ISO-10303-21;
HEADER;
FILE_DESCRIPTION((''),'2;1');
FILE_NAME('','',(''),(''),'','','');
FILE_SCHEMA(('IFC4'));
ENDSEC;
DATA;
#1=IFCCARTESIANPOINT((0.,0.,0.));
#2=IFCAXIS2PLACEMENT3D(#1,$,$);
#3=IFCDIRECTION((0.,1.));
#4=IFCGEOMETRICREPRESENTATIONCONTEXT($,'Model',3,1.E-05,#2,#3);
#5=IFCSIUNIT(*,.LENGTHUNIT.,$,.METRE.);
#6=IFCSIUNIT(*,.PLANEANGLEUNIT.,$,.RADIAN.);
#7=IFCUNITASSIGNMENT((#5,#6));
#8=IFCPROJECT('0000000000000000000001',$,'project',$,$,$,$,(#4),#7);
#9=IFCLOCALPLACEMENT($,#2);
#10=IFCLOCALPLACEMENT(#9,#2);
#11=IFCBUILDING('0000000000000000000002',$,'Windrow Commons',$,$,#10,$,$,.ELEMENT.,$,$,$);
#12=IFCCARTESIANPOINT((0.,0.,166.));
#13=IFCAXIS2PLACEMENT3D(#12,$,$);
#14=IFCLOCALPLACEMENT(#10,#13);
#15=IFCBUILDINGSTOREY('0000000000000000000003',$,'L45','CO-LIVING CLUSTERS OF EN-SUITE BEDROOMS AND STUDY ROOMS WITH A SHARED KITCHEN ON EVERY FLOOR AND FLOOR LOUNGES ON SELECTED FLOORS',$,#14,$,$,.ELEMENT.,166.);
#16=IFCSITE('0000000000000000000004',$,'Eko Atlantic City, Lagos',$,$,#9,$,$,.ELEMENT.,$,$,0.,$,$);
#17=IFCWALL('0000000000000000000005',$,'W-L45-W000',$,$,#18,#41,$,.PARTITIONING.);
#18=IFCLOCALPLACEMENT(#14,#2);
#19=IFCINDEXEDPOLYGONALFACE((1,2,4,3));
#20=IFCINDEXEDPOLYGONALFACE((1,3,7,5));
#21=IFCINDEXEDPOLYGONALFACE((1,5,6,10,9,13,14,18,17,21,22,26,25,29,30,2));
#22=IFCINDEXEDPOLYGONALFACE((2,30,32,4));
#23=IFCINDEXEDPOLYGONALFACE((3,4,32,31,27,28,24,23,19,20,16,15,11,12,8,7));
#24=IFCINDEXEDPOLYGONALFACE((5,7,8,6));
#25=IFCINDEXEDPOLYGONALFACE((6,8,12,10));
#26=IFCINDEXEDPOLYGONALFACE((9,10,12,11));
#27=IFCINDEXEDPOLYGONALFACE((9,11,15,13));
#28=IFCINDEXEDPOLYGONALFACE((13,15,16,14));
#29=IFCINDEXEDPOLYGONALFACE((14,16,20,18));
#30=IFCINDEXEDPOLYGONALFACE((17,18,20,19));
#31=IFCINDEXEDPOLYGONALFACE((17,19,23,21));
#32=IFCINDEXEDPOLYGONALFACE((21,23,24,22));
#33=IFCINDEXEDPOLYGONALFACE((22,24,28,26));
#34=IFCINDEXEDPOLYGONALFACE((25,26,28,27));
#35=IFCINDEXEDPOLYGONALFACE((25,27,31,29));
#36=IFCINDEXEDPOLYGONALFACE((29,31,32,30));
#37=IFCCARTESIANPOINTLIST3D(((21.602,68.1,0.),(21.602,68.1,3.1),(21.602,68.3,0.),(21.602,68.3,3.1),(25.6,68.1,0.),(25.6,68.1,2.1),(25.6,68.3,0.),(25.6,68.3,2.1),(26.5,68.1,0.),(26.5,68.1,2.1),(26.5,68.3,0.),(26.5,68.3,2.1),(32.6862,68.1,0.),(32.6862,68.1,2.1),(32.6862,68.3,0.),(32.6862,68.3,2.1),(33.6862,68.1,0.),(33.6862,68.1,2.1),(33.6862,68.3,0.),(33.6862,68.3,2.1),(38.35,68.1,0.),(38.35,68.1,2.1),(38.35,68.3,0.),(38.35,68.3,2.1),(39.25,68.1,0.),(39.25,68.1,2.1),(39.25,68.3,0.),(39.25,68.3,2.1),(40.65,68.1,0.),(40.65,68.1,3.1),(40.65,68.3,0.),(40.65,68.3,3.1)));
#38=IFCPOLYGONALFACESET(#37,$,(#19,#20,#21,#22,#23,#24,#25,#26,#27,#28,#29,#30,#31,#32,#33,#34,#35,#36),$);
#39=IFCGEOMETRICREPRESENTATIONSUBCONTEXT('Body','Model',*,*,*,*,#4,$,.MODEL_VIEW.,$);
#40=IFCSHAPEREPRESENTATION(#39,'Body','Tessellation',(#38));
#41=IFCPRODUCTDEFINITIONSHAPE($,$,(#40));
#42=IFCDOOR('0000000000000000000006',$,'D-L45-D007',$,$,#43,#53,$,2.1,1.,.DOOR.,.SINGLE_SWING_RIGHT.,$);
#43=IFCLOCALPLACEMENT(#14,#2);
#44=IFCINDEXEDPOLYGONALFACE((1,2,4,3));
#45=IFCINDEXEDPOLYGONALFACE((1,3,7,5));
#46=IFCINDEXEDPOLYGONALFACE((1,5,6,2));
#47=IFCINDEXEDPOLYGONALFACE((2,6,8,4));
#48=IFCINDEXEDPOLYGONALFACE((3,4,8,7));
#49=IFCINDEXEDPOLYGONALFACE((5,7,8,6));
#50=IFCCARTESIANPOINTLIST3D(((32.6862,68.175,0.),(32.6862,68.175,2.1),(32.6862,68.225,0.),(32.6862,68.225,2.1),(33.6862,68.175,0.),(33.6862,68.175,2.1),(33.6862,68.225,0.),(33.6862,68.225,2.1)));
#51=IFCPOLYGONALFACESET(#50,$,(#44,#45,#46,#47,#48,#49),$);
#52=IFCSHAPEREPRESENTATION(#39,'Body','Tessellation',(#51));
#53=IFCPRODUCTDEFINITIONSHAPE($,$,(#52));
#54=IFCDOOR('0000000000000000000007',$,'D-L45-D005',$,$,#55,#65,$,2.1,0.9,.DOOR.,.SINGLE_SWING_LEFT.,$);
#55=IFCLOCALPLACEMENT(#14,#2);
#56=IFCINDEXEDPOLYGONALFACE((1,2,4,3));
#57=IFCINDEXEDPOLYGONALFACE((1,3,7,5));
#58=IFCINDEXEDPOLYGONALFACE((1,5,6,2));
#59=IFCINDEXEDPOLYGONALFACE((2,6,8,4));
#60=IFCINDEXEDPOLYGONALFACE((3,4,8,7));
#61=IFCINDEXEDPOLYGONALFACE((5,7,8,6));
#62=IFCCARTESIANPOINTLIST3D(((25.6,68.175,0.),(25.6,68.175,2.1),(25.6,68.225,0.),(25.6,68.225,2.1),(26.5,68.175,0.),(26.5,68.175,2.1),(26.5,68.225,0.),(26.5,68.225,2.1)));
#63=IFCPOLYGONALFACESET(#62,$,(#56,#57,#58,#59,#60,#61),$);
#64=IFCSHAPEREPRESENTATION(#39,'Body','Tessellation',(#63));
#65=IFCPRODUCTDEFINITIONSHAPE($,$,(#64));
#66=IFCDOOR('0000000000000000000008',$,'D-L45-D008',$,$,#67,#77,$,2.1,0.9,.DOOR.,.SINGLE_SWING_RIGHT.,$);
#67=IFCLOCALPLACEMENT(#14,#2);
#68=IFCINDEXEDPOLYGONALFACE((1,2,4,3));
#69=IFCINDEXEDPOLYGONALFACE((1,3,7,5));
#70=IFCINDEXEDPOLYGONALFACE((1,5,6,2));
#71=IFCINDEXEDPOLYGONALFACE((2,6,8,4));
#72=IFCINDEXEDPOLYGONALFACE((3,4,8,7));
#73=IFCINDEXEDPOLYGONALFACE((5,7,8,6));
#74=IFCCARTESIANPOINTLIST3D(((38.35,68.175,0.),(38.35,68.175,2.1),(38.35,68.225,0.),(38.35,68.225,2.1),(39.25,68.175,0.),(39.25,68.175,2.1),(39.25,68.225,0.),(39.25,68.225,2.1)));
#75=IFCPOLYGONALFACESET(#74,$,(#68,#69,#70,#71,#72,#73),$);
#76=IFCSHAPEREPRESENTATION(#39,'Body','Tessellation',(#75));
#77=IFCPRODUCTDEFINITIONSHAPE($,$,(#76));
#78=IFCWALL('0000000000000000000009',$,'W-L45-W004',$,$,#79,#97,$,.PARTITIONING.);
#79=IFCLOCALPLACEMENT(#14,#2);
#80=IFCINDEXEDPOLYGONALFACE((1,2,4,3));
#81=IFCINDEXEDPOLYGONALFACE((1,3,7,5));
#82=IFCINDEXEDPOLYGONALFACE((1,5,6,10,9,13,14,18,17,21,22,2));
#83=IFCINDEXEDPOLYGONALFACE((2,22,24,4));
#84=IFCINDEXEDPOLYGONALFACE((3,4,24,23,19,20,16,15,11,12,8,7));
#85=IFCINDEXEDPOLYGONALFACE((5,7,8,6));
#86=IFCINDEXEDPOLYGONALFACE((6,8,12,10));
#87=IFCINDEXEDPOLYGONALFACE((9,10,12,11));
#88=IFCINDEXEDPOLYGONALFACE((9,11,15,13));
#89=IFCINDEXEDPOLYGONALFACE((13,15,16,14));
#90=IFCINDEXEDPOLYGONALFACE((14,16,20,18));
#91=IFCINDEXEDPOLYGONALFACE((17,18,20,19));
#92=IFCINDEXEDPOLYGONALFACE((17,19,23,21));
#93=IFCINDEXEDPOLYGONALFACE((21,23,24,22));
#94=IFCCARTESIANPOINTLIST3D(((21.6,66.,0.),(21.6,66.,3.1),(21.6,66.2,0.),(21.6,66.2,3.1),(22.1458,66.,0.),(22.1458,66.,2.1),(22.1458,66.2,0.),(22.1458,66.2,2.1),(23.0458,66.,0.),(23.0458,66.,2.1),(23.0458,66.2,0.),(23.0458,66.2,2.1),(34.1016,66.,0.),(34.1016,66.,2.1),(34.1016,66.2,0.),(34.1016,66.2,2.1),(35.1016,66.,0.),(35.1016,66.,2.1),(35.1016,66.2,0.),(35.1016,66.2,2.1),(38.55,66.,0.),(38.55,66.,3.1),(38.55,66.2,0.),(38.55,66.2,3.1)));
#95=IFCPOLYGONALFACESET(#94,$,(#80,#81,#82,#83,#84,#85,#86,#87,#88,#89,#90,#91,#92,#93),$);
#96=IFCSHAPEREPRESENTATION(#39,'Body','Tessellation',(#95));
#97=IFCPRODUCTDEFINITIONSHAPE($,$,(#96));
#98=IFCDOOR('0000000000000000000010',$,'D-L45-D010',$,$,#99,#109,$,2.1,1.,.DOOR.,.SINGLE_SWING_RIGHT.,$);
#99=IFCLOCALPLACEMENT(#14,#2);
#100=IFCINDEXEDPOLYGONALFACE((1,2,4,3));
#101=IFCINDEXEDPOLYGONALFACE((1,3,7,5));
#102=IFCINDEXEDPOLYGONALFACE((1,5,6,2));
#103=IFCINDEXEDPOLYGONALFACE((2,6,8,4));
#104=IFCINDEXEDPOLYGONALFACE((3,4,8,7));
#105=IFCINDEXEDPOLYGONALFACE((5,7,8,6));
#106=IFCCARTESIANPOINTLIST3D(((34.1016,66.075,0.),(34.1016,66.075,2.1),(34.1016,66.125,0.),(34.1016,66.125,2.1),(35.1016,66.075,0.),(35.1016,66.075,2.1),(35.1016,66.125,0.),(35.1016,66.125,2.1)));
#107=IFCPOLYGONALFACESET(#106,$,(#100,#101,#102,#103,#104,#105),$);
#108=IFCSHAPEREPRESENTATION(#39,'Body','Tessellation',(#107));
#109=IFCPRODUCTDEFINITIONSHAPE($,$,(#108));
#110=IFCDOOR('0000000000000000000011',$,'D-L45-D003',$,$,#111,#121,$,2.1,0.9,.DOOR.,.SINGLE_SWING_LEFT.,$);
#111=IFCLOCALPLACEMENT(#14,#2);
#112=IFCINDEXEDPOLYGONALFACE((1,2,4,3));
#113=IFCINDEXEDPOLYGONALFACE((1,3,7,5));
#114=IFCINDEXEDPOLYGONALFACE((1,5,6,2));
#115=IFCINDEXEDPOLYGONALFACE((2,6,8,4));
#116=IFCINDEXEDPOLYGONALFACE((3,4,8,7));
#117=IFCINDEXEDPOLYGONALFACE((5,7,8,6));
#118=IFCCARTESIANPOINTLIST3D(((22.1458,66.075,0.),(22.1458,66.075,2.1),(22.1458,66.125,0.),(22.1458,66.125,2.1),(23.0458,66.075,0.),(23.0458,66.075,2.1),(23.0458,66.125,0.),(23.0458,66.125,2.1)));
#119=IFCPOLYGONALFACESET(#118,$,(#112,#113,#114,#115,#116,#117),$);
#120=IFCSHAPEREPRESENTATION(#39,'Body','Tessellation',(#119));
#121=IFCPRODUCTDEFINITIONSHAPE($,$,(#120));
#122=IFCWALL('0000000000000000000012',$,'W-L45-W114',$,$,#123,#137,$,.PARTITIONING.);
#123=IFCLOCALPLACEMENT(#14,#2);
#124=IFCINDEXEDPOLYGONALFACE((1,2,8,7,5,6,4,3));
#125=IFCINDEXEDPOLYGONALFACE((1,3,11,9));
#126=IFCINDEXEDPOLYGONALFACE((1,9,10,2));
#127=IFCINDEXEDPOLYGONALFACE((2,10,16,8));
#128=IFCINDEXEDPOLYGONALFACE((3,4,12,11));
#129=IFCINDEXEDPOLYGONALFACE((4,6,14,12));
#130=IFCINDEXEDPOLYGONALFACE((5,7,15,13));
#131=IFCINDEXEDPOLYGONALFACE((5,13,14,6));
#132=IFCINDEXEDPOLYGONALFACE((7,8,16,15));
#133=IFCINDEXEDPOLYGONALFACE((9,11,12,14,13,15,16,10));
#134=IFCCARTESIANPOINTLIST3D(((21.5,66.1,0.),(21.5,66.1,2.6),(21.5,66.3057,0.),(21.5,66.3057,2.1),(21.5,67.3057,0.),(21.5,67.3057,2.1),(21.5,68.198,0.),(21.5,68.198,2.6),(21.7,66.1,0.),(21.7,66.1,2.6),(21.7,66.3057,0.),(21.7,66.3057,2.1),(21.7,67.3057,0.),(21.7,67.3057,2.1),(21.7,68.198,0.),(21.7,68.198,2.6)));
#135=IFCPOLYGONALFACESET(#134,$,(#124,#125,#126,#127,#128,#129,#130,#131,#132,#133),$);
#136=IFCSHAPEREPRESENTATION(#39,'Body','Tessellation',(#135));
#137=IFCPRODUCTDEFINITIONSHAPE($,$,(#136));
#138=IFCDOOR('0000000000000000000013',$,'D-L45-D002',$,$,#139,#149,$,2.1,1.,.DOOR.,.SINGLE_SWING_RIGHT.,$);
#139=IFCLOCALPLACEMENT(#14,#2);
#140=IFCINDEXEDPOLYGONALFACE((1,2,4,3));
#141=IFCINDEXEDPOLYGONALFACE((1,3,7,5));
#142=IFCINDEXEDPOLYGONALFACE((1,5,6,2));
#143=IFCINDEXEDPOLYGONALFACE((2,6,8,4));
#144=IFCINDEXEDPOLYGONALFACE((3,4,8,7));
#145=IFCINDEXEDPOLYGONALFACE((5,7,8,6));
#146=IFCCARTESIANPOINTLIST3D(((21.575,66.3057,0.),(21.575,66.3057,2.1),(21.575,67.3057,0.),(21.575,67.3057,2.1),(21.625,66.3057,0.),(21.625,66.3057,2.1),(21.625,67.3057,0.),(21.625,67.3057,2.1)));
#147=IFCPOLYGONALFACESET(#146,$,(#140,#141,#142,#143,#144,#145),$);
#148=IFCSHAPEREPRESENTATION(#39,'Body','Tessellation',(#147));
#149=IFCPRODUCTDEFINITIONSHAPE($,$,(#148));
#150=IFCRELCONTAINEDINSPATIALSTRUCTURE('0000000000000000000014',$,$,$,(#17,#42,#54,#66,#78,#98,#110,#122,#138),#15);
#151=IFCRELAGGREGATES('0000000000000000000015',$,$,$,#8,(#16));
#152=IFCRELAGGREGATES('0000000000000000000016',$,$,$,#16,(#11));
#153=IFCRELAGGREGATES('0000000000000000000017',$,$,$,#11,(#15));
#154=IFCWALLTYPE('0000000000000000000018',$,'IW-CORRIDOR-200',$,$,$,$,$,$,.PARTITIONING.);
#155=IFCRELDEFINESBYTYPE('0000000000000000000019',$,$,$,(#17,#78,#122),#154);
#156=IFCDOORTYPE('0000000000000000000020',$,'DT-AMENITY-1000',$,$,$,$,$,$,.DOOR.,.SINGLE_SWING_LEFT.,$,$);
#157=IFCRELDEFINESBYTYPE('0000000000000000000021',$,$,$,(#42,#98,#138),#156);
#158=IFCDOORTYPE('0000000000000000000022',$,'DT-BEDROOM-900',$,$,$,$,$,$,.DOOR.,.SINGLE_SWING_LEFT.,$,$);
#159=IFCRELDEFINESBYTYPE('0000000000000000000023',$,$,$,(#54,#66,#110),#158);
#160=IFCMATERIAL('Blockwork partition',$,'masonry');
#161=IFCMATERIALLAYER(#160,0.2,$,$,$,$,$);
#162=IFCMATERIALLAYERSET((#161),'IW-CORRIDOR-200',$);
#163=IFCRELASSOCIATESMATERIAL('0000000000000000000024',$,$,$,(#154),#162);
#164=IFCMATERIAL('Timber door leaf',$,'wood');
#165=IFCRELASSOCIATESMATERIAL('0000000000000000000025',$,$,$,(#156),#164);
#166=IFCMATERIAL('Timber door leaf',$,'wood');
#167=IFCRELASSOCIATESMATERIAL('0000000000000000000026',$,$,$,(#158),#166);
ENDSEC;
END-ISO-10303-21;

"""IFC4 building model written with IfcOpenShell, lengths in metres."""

from ifc_helpers import new_model, si_unit, direction, frame, frame_2d, origin, place, context, subcontext, project, spatial, rectangle, extrude, material, layer, layer_set, type_object, element, fill, save


model = new_model("IFC4")

# Units and contexts
model_context = context("Model", 3, precision=1e-05, world=origin(), true_north=direction((0.0, 1.0)))
body_context = subcontext(model_context, "Body", "Model", "MODEL_VIEW")
ifc_project = project(units=[si_unit("LENGTHUNIT", "METRE"), si_unit("PLANEANGLEUNIT", "RADIAN")], contexts=[model_context])

# Site, building, storey
site_placement = place(None, origin())
site = spatial("IfcSite", under=ifc_project, at=site_placement, Name="Eko Atlantic City, Lagos", CompositionType="ELEMENT", RefElevation=0.0)
building_placement = place(site_placement, origin())
building = spatial("IfcBuilding", under=site, at=building_placement, Name="Windrow Commons", CompositionType="ELEMENT")
storey_placement = place(building_placement, frame((0.0, 0.0, 166.0)))
storey = spatial("IfcBuildingStorey", under=building, at=storey_placement, Name="L45", Description="CO-LIVING CLUSTERS OF EN-SUITE BEDROOMS AND STUDY ROOMS WITH A SHARED KITCHEN ON EVERY FLOOR AND FLOOR LOUNGES ON SELECTED FLOORS", CompositionType="ELEMENT", Elevation=166.0)

# Walls, openings, doors
ifc_material_1 = material(Name="Blockwork partition", Category="masonry")
ifc_layer_1 = layer(ifc_material_1, 0.2)
ifc_layer_set_1 = layer_set([ifc_layer_1], Name="IW-CORRIDOR-200")
wall_type_1 = type_object("IfcWallType", Name="IW-CORRIDOR-200", PredefinedType="PARTITIONING", material=ifc_layer_set_1)
wall_1_placement = place(storey_placement, frame((21.602, 68.2, 0.0), z_axis=(0.0, 0.0, 1.0), x_axis=(1.0, 0.0, 0.0)))
wall_1 = element("IfcWall", 1, at=wall_1_placement, inside=storey, type_object=wall_type_1, Name="W-L45-W000", PredefinedType="PARTITIONING", context=body_context, shape_type="SweptSolid", body=[
    extrude(rectangle(XDim=19.048, YDim=0.2, at=frame_2d((9.524, 0.0))), origin(), (0.0, 0.0, 1.0), 3.1),
])
opening_1_placement = place(wall_1_placement, frame((3.998, 0.0, 0.0)))
opening_1 = element("IfcOpeningElement", 2, at=opening_1_placement, cuts=wall_1, PredefinedType="OPENING", context=body_context, shape_type="SweptSolid", body=[
    extrude(rectangle(XDim=0.9, YDim=2.1, at=frame_2d((0.45, 1.05))), frame((0.0, 0.11, 0.0), z_axis=(0.0, -1.0, 0.0), x_axis=(1.0, 0.0, 0.0)), (0.0, 0.0, 1.0), 0.22),
])
opening_2_placement = place(wall_1_placement, frame((11.0842, 0.0, 0.0)))
opening_2 = element("IfcOpeningElement", 3, at=opening_2_placement, cuts=wall_1, PredefinedType="OPENING", context=body_context, shape_type="SweptSolid", body=[
    extrude(rectangle(XDim=1.0, YDim=2.1, at=frame_2d((0.5, 1.05))), frame((0.0, 0.11, 0.0), z_axis=(0.0, -1.0, 0.0), x_axis=(1.0, 0.0, 0.0)), (0.0, 0.0, 1.0), 0.22),
])
opening_3_placement = place(wall_1_placement, frame((16.748, 0.0, 0.0)))
opening_3 = element("IfcOpeningElement", 4, at=opening_3_placement, cuts=wall_1, PredefinedType="OPENING", context=body_context, shape_type="SweptSolid", body=[
    extrude(rectangle(XDim=0.9, YDim=2.1, at=frame_2d((0.45, 1.05))), frame((0.0, 0.11, 0.0), z_axis=(0.0, -1.0, 0.0), x_axis=(1.0, 0.0, 0.0)), (0.0, 0.0, 1.0), 0.22),
])
ifc_material_2 = material(Name="Timber door leaf", Category="wood")
door_type_1 = type_object("IfcDoorType", Name="DT-AMENITY-1000", OperationType="SINGLE_SWING_LEFT", PredefinedType="DOOR", material=ifc_material_2)
door_1_placement = place(opening_2_placement, origin())
door_1 = element("IfcDoor", 5, at=door_1_placement, inside=storey, type_object=door_type_1, Name="D-L45-D007", OperationType="SINGLE_SWING_RIGHT", OverallHeight=2.1, OverallWidth=1.0, PredefinedType="DOOR", context=body_context, shape_type="SweptSolid", body=[
    extrude(rectangle(XDim=1.0, YDim=2.1, at=frame_2d((0.5, 1.05))), frame((0.0, 0.025, 0.0), z_axis=(0.0, -1.0, 0.0), x_axis=(1.0, 0.0, 0.0)), (0.0, 0.0, 1.0), 0.05),
])
fill(opening_2, door_1)
ifc_material_3 = material(Name="Timber door leaf", Category="wood")
door_type_2 = type_object("IfcDoorType", Name="DT-BEDROOM-900", OperationType="SINGLE_SWING_LEFT", PredefinedType="DOOR", material=ifc_material_3)
door_2_placement = place(opening_1_placement, origin())
door_2 = element("IfcDoor", 6, at=door_2_placement, inside=storey, type_object=door_type_2, Name="D-L45-D005", OperationType="SINGLE_SWING_LEFT", OverallHeight=2.1, OverallWidth=0.9, PredefinedType="DOOR", context=body_context, shape_type="SweptSolid", body=[
    extrude(rectangle(XDim=0.9, YDim=2.1, at=frame_2d((0.45, 1.05))), frame((0.0, 0.025, 0.0), z_axis=(0.0, -1.0, 0.0), x_axis=(1.0, 0.0, 0.0)), (0.0, 0.0, 1.0), 0.05),
])
fill(opening_1, door_2)
door_3_placement = place(opening_3_placement, origin())
door_3 = element("IfcDoor", 7, at=door_3_placement, inside=storey, type_object=door_type_2, Name="D-L45-D008", OperationType="SINGLE_SWING_RIGHT", OverallHeight=2.1, OverallWidth=0.9, PredefinedType="DOOR", context=body_context, shape_type="SweptSolid", body=[
    extrude(rectangle(XDim=0.9, YDim=2.1, at=frame_2d((0.45, 1.05))), frame((0.0, 0.025, 0.0), z_axis=(0.0, -1.0, 0.0), x_axis=(1.0, 0.0, 0.0)), (0.0, 0.0, 1.0), 0.05),
])
fill(opening_3, door_3)
wall_2_placement = place(storey_placement, frame((21.6, 66.1, 0.0), z_axis=(0.0, 0.0, 1.0), x_axis=(1.0, 0.0, 0.0)))
wall_2 = element("IfcWall", 8, at=wall_2_placement, inside=storey, type_object=wall_type_1, Name="W-L45-W004", PredefinedType="PARTITIONING", context=body_context, shape_type="SweptSolid", body=[
    extrude(rectangle(XDim=16.95, YDim=0.2, at=frame_2d((8.475, 0.0))), origin(), (0.0, 0.0, 1.0), 3.1),
])
opening_4_placement = place(wall_2_placement, frame((0.5458, 0.0, 0.0)))
opening_4 = element("IfcOpeningElement", 9, at=opening_4_placement, cuts=wall_2, PredefinedType="OPENING", context=body_context, shape_type="SweptSolid", body=[
    extrude(rectangle(XDim=0.9, YDim=2.1, at=frame_2d((0.45, 1.05))), frame((0.0, 0.11, 0.0), z_axis=(0.0, -1.0, 0.0), x_axis=(1.0, 0.0, 0.0)), (0.0, 0.0, 1.0), 0.22),
])
opening_5_placement = place(wall_2_placement, frame((12.5016, 0.0, 0.0)))
opening_5 = element("IfcOpeningElement", 10, at=opening_5_placement, cuts=wall_2, PredefinedType="OPENING", context=body_context, shape_type="SweptSolid", body=[
    extrude(rectangle(XDim=1.0, YDim=2.1, at=frame_2d((0.5, 1.05))), frame((0.0, 0.11, 0.0), z_axis=(0.0, -1.0, 0.0), x_axis=(1.0, 0.0, 0.0)), (0.0, 0.0, 1.0), 0.22),
])
door_4_placement = place(opening_5_placement, origin())
door_4 = element("IfcDoor", 11, at=door_4_placement, inside=storey, type_object=door_type_1, Name="D-L45-D010", OperationType="SINGLE_SWING_RIGHT", OverallHeight=2.1, OverallWidth=1.0, PredefinedType="DOOR", context=body_context, shape_type="SweptSolid", body=[
    extrude(rectangle(XDim=1.0, YDim=2.1, at=frame_2d((0.5, 1.05))), frame((0.0, 0.025, 0.0), z_axis=(0.0, -1.0, 0.0), x_axis=(1.0, 0.0, 0.0)), (0.0, 0.0, 1.0), 0.05),
])
fill(opening_5, door_4)
door_5_placement = place(opening_4_placement, origin())
door_5 = element("IfcDoor", 12, at=door_5_placement, inside=storey, type_object=door_type_2, Name="D-L45-D003", OperationType="SINGLE_SWING_LEFT", OverallHeight=2.1, OverallWidth=0.9, PredefinedType="DOOR", context=body_context, shape_type="SweptSolid", body=[
    extrude(rectangle(XDim=0.9, YDim=2.1, at=frame_2d((0.45, 1.05))), frame((0.0, 0.025, 0.0), z_axis=(0.0, -1.0, 0.0), x_axis=(1.0, 0.0, 0.0)), (0.0, 0.0, 1.0), 0.05),
])
fill(opening_4, door_5)

# Wall, opening, door
wall_3_placement = place(storey_placement, frame((21.6, 66.1, 0.0), z_axis=(0.0, 0.0, 1.0), x_axis=(0.0, 1.0, 0.0)))
wall_3 = element("IfcWall", 13, at=wall_3_placement, inside=storey, type_object=wall_type_1, Name="W-L45-W114", PredefinedType="PARTITIONING", context=body_context, shape_type="SweptSolid", body=[
    extrude(rectangle(XDim=2.098, YDim=0.2, at=frame_2d((1.049, 0.0))), origin(), (0.0, 0.0, 1.0), 2.6),
])
opening_6_placement = place(wall_3_placement, frame((0.2057, 0.0, 0.0)))
opening_6 = element("IfcOpeningElement", 14, at=opening_6_placement, cuts=wall_3, PredefinedType="OPENING", context=body_context, shape_type="SweptSolid", body=[
    extrude(rectangle(XDim=1.0, YDim=2.1, at=frame_2d((0.5, 1.05))), frame((0.0, 0.11, 0.0), z_axis=(0.0, -1.0, 0.0), x_axis=(1.0, 0.0, 0.0)), (0.0, 0.0, 1.0), 0.22),
])
door_6_placement = place(opening_6_placement, origin())
door_6 = element("IfcDoor", 15, at=door_6_placement, inside=storey, type_object=door_type_1, Name="D-L45-D002", OperationType="SINGLE_SWING_RIGHT", OverallHeight=2.1, OverallWidth=1.0, PredefinedType="DOOR", context=body_context, shape_type="SweptSolid", body=[
    extrude(rectangle(XDim=1.0, YDim=2.1, at=frame_2d((0.5, 1.05))), frame((0.0, 0.025, 0.0), z_axis=(0.0, -1.0, 0.0), x_axis=(1.0, 0.0, 0.0)), (0.0, 0.0, 1.0), 0.05),
])
fill(opening_6, door_6)

save(model, "model.ifc")
